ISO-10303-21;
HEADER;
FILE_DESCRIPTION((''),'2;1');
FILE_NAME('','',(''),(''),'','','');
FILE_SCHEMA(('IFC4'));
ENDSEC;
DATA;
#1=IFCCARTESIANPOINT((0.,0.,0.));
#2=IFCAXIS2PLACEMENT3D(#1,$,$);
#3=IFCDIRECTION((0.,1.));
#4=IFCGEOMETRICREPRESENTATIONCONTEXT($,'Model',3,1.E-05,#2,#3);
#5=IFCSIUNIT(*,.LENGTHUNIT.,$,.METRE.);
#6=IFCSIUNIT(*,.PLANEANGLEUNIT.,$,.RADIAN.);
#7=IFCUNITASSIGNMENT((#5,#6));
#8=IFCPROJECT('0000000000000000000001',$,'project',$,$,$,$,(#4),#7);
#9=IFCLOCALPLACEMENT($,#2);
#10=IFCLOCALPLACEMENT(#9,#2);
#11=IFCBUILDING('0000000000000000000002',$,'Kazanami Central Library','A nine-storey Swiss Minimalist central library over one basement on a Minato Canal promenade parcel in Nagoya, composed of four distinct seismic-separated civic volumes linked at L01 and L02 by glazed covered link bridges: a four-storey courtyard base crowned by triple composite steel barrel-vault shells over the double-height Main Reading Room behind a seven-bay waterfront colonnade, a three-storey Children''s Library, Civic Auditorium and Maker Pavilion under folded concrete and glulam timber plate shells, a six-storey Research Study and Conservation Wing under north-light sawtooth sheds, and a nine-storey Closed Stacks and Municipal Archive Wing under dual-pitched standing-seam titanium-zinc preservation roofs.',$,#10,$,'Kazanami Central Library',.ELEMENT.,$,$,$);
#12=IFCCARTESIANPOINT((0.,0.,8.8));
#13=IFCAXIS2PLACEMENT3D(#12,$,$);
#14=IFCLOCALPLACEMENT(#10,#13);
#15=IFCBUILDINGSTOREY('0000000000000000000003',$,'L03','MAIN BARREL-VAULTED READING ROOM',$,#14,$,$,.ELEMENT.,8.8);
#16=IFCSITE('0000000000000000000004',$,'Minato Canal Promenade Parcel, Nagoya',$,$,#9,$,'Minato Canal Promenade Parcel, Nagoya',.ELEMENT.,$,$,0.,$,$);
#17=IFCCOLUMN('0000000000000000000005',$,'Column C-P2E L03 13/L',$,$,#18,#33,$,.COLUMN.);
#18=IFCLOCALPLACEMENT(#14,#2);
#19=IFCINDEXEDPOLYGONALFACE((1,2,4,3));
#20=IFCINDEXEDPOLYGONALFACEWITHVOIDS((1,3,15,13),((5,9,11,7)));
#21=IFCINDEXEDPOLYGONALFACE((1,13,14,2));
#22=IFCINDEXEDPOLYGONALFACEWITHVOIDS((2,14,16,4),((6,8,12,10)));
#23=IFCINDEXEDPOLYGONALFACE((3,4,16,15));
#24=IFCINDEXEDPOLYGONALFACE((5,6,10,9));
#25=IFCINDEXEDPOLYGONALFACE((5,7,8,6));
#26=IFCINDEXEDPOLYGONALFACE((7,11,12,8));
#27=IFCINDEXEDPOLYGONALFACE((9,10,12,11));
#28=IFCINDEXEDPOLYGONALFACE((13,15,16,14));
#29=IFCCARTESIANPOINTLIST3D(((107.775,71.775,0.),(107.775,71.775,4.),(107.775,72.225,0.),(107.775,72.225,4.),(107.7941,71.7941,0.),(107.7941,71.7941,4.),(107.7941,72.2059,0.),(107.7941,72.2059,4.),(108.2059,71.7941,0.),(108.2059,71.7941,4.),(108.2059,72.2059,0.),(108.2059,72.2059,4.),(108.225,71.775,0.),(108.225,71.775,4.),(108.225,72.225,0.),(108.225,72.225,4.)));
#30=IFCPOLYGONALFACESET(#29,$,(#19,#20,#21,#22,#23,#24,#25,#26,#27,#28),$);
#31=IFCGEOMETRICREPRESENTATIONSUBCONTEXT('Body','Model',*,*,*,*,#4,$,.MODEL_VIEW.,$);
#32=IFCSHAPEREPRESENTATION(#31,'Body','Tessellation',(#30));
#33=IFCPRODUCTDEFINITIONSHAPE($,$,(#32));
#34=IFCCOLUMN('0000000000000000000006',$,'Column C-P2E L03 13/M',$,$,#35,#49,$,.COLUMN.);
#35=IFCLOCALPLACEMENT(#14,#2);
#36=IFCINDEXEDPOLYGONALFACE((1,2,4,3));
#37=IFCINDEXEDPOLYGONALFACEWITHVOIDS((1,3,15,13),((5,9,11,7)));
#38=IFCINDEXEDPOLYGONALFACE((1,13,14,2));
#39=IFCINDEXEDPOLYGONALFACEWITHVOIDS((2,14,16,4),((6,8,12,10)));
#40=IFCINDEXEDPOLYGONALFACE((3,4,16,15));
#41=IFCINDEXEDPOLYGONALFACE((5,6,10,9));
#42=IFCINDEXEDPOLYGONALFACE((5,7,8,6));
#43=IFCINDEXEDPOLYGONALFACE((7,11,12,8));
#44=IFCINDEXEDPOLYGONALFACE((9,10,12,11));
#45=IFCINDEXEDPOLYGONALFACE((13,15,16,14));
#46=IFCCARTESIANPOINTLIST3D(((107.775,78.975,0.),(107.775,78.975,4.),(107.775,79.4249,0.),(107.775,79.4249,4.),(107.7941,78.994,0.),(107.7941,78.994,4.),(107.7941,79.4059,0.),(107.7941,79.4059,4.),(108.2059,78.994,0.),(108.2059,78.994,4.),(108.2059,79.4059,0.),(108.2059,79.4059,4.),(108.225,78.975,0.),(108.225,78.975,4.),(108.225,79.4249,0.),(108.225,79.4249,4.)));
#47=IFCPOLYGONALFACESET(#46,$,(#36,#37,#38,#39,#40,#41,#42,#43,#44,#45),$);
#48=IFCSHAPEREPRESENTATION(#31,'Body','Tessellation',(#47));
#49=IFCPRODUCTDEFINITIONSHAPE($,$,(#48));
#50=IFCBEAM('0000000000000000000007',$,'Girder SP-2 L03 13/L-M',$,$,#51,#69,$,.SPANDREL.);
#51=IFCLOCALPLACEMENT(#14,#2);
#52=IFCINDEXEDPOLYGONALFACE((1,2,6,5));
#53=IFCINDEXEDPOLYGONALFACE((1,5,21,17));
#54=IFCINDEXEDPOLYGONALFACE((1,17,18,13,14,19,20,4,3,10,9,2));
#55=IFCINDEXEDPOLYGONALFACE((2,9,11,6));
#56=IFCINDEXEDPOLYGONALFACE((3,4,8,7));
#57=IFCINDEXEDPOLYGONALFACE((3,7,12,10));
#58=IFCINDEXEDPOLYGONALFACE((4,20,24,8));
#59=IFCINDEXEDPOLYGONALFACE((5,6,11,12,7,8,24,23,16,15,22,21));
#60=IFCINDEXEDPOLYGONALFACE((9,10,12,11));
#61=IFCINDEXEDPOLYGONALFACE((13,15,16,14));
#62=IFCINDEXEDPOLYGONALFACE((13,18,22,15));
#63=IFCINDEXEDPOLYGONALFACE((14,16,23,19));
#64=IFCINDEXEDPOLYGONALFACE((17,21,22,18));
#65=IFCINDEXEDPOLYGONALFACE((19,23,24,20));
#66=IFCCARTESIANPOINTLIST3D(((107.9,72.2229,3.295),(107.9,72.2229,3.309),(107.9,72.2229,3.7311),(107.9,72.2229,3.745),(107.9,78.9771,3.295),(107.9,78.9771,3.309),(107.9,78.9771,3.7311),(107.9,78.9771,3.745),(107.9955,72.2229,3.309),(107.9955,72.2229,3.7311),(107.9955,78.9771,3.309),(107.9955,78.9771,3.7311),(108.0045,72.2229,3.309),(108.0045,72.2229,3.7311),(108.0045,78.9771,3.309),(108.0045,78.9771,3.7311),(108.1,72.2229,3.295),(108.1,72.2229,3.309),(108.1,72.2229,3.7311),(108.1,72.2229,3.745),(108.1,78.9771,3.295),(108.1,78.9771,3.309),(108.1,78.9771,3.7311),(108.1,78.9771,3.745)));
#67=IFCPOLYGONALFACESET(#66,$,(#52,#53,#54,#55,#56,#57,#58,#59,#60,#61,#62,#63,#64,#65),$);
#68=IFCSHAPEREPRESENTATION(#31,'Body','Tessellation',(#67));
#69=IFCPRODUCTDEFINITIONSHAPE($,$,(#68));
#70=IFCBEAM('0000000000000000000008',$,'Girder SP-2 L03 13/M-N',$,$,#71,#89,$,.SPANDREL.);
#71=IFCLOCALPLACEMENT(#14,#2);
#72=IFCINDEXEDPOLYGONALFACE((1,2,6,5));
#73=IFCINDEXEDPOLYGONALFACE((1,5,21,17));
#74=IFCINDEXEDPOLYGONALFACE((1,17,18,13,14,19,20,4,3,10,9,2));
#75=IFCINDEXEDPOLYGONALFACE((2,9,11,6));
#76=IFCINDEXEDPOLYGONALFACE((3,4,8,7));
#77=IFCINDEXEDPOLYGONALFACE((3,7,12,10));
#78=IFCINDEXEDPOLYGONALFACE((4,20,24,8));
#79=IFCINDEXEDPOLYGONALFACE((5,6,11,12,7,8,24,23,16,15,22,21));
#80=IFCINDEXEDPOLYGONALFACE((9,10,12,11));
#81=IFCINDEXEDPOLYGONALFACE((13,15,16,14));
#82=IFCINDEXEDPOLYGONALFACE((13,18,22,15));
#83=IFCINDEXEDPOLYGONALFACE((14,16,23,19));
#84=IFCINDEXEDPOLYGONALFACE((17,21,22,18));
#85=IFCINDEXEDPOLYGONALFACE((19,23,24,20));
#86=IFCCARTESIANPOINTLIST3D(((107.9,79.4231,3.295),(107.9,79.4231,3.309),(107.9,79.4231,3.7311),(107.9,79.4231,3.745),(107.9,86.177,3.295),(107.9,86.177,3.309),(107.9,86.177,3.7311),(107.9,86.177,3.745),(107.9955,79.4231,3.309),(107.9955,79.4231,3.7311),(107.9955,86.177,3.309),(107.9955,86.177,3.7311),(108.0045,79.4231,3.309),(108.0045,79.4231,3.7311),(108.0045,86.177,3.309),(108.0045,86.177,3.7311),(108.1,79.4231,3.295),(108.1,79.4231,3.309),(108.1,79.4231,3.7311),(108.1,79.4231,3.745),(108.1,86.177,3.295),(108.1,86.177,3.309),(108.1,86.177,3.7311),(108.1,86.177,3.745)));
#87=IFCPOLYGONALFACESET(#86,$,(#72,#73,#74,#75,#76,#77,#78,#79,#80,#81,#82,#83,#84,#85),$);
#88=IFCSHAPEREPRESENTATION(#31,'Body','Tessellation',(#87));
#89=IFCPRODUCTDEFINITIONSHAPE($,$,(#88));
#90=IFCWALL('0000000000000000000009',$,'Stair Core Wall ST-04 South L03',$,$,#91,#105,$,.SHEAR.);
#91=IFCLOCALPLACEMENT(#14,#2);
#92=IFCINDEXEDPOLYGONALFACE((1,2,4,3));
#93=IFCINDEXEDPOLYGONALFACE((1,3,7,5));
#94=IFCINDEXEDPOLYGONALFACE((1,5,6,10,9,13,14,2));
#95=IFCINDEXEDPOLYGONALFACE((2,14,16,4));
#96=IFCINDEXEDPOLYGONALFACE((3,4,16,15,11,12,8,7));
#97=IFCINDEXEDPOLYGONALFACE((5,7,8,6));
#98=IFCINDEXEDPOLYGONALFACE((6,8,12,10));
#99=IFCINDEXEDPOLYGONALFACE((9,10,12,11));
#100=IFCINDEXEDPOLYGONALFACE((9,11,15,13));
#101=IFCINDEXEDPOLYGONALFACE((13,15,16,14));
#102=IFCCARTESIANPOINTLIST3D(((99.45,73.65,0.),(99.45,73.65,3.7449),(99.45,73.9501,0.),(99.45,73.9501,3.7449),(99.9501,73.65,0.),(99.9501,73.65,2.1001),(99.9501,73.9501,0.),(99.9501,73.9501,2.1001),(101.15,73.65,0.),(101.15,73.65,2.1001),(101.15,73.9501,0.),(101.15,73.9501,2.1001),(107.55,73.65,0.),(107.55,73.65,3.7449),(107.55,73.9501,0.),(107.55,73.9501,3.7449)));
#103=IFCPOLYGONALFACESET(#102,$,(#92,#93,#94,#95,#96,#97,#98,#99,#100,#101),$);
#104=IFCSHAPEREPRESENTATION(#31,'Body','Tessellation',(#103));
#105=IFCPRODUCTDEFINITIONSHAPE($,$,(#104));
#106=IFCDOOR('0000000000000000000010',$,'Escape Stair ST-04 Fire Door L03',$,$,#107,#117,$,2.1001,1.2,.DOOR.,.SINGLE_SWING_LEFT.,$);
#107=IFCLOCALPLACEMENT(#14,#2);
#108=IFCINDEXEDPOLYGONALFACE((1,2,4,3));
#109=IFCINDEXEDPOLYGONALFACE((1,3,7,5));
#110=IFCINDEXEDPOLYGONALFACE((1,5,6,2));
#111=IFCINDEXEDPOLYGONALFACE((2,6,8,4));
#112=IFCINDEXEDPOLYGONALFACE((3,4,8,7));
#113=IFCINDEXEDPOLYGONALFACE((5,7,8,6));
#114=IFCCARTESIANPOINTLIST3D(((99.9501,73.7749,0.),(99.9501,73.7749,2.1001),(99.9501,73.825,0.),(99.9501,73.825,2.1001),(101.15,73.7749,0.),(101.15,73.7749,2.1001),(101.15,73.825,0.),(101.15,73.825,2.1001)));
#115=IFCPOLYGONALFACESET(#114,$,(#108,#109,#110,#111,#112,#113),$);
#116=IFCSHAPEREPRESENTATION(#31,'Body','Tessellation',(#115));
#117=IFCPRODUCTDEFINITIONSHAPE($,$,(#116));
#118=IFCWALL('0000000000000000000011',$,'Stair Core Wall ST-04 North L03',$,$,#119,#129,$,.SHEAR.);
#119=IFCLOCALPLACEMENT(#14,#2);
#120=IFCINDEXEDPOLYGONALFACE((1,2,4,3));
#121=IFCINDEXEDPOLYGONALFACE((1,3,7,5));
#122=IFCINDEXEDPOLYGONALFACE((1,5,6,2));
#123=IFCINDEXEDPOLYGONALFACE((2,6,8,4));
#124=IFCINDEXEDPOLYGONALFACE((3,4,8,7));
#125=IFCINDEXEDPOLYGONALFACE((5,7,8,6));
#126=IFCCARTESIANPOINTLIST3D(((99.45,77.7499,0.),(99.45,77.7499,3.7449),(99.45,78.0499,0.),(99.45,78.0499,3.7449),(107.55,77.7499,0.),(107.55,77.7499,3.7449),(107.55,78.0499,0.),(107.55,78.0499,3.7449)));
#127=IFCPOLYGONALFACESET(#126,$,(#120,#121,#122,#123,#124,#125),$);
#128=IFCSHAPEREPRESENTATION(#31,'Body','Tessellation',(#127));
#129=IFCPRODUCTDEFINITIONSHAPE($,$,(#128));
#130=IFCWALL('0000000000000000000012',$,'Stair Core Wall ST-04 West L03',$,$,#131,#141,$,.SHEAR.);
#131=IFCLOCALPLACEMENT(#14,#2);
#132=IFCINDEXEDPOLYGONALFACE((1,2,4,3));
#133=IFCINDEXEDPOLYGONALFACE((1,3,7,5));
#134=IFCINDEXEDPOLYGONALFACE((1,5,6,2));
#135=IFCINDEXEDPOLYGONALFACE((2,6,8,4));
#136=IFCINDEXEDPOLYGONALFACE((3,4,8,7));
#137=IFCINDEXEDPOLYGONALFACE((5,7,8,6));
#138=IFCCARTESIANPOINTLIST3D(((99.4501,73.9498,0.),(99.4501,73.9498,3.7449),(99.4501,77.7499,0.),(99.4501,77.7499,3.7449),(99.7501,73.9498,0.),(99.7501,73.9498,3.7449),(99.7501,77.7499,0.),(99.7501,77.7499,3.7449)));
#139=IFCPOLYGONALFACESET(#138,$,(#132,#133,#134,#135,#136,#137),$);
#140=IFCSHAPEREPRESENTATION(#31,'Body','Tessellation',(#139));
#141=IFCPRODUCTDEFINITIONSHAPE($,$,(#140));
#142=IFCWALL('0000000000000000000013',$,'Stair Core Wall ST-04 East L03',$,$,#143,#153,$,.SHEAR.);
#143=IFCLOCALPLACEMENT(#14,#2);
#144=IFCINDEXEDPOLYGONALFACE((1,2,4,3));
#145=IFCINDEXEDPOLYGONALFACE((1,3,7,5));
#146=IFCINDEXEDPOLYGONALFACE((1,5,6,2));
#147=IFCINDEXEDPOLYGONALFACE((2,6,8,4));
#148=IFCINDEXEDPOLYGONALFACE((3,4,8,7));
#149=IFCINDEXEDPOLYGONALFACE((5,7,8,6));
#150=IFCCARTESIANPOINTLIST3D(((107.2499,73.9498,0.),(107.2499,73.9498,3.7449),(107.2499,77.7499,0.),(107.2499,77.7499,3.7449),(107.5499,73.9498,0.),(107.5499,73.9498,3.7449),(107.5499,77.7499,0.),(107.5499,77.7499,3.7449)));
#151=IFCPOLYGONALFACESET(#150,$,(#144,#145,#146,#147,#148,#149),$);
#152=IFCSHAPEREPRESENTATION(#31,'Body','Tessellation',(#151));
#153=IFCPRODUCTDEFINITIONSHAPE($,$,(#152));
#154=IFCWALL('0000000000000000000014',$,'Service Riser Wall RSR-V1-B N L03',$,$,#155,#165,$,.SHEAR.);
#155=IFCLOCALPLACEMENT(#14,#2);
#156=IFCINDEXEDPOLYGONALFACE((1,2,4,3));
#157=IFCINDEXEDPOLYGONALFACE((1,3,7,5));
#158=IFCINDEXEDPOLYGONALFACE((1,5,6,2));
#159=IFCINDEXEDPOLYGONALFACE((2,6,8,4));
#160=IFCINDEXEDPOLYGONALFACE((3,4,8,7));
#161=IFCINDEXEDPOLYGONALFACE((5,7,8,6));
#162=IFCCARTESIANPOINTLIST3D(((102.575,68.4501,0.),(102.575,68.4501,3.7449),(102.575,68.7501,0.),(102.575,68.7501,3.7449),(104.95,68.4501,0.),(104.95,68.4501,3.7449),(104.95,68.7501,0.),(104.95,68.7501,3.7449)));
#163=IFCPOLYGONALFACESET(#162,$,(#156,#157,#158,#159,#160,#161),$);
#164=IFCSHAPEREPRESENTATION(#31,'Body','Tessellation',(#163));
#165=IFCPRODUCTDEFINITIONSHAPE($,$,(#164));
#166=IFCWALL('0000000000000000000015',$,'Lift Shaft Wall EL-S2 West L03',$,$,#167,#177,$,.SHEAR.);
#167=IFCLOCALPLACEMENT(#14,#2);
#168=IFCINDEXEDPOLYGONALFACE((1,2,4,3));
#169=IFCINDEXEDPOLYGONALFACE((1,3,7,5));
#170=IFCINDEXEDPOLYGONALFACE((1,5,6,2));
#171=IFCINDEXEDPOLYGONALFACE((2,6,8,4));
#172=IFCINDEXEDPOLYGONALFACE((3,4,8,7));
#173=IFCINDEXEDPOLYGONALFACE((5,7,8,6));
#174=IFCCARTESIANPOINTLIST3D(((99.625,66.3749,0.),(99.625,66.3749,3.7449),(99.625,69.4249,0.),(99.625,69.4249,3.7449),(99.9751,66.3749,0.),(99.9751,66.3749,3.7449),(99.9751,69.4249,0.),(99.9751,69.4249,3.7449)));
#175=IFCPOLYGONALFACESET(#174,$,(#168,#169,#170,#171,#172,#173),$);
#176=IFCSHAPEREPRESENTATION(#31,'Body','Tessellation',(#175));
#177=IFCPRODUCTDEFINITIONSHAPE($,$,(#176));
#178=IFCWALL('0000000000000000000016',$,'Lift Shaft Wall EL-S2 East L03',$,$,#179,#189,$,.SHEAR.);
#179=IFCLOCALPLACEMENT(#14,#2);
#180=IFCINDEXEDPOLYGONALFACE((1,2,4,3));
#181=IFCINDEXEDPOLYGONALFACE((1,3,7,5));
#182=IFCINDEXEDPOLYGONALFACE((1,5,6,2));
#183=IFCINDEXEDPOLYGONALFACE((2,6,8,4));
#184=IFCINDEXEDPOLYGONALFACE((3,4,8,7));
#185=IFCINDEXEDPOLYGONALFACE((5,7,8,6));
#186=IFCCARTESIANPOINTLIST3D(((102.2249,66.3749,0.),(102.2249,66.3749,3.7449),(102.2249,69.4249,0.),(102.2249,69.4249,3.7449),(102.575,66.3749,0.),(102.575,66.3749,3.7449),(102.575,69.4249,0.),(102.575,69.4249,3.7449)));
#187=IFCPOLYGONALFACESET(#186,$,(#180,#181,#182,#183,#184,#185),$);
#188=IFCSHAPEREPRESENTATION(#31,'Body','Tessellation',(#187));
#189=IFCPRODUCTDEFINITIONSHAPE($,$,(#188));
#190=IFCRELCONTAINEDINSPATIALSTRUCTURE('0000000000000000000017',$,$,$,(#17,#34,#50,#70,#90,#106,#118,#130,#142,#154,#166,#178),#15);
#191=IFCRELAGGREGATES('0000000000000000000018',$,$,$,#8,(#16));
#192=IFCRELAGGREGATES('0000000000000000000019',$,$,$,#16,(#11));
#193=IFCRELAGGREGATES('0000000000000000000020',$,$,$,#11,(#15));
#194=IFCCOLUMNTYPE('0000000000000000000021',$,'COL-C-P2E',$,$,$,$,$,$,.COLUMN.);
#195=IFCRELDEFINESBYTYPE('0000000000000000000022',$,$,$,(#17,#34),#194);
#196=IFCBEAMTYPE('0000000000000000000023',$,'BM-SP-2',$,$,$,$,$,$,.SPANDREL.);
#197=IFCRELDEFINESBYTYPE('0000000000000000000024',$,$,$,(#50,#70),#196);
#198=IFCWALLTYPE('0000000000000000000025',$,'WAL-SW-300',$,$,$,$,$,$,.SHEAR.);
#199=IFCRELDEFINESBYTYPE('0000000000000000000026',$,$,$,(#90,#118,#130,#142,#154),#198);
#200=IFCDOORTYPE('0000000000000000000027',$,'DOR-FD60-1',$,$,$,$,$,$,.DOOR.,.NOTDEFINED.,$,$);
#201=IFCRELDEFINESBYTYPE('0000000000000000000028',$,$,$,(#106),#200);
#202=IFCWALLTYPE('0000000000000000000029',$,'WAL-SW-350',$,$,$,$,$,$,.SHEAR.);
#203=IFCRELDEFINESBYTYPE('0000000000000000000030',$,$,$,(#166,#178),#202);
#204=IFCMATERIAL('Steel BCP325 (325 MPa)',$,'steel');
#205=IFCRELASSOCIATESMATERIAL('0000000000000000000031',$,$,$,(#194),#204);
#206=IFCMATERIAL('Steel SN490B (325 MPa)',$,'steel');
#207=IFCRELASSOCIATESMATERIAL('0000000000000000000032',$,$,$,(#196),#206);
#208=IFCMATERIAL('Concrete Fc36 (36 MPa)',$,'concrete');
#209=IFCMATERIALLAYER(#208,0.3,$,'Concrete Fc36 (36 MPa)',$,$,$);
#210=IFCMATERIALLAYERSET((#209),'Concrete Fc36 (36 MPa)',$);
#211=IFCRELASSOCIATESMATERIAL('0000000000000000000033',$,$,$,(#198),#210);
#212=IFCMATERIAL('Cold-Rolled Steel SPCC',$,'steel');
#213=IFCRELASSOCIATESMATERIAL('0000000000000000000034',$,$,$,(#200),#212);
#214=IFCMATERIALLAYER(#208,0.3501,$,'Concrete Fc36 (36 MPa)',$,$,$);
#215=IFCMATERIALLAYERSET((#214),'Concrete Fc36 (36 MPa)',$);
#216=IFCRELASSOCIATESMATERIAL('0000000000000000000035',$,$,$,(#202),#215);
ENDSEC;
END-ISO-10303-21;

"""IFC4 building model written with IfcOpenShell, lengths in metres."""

from ifc_helpers import new_model, si_unit, direction, frame, frame_2d, origin, origin_2d, place, context, subcontext, project, spatial, rectangle, hollow_rectangle, i_section, extrude, material, layer, layer_set, material_profile, profile_set, type_object, element, fill, save


model = new_model("IFC4")

# Units and contexts
model_context = context("Model", 3, precision=1e-05, world=origin(), true_north=direction((0.0, 1.0)))
body_context = subcontext(model_context, "Body", "Model", "MODEL_VIEW")
ifc_project = project(units=[si_unit("LENGTHUNIT", "METRE"), si_unit("PLANEANGLEUNIT", "RADIAN")], contexts=[model_context])

# Site, building, storey
site_placement = place(None, origin())
site = spatial("IfcSite", under=ifc_project, at=site_placement, Name="Minato Canal Promenade Parcel, Nagoya", LongName="Minato Canal Promenade Parcel, Nagoya", CompositionType="ELEMENT", RefElevation=0.0)
building_placement = place(site_placement, origin())
building = spatial("IfcBuilding", under=site, at=building_placement, Name="Kazanami Central Library", Description="A nine-storey Swiss Minimalist central library over one basement on a Minato Canal promenade parcel in Nagoya, composed of four distinct seismic-separated civic volumes linked at L01 and L02 by glazed covered link bridges: a four-storey courtyard base crowned by triple composite steel barrel-vault shells over the double-height Main Reading Room behind a seven-bay waterfront colonnade, a three-storey Children's Library, Civic Auditorium and Maker Pavilion under folded concrete and glulam timber plate shells, a six-storey Research Study and Conservation Wing under north-light sawtooth sheds, and a nine-storey Closed Stacks and Municipal Archive Wing under dual-pitched standing-seam titanium-zinc preservation roofs.", LongName="Kazanami Central Library", CompositionType="ELEMENT")
storey_placement = place(building_placement, frame((0.0, 0.0, 8.8)))
storey = spatial("IfcBuildingStorey", under=building, at=storey_placement, Name="L03", Description="MAIN BARREL-VAULTED READING ROOM", CompositionType="ELEMENT", Elevation=8.8)

# Columns
ifc_material_1 = material(Name="Steel BCP325 (325 MPa)", Category="steel")
ifc_material_profile_1 = material_profile(ifc_material_1, hollow_rectangle(XDim=0.45, YDim=0.45, WallThickness=0.019, at=origin_2d()), Name="BCP-450x450x19")
ifc_profile_set_1 = profile_set([ifc_material_profile_1], Name="Steel BCP325 (325 MPa)")
column_type = type_object("IfcColumnType", Name="COL-C-P2E", PredefinedType="COLUMN", material=ifc_profile_set_1)
for number, where, z_axis, x_axis, name in (
    (1, (108.0, 72.0, 0.0), (0.0, 0.0, 1.0), (1.0, 0.0, 0.0), "Column C-P2E L03 13/L"),
    (2, (108.0, 79.2, 0.0), (0.0, 0.0, 1.0), (1.0, 0.0, 0.0), "Column C-P2E L03 13/M"),
):
    element("IfcColumn", number, at=place(storey_placement, frame(where, z_axis=z_axis, x_axis=x_axis)), inside=storey, type_object=column_type, Name=name, PredefinedType="COLUMN", context=body_context, shape_type="SweptSolid", body=[
        extrude(hollow_rectangle(XDim=0.45, YDim=0.45, WallThickness=0.019, at=origin_2d()), origin(), (0.0, 0.0, 1.0), 4.0),
    ])

# Beams
ifc_material_2 = material(Name="Steel SN490B (325 MPa)", Category="steel")
ifc_material_profile_2 = material_profile(ifc_material_2, i_section(OverallWidth=0.2, OverallDepth=0.45, WebThickness=0.009, FlangeThickness=0.0139, at=origin_2d()), Name="H-450x200x9x14")
ifc_profile_set_2 = profile_set([ifc_material_profile_2], Name="Steel SN490B (325 MPa)")
beam_type = type_object("IfcBeamType", Name="BM-SP-2", PredefinedType="SPANDREL", material=ifc_profile_set_2)
beam_1_placement = place(storey_placement, frame((108.0, 72.2229, 3.52), z_axis=(0.0, 1.0, 0.0), x_axis=(-1.0, 0.0, 0.0)))
element("IfcBeam", 3, at=beam_1_placement, inside=storey, type_object=beam_type, Name="Girder SP-2 L03 13/L-M", PredefinedType="SPANDREL", context=body_context, shape_type="SweptSolid", body=[
    extrude(i_section(OverallWidth=0.2, OverallDepth=0.45, WebThickness=0.009, FlangeThickness=0.0139, at=origin_2d()), origin(), (0.0, 0.0, 1.0), 6.7542),
])
beam_2_placement = place(storey_placement, frame((108.0, 79.4231, 3.52), z_axis=(0.0, 1.0, 0.0), x_axis=(-1.0, 0.0, 0.0)))
element("IfcBeam", 4, at=beam_2_placement, inside=storey, type_object=beam_type, Name="Girder SP-2 L03 13/M-N", PredefinedType="SPANDREL", context=body_context, shape_type="SweptSolid", body=[
    extrude(i_section(OverallWidth=0.2, OverallDepth=0.45, WebThickness=0.009, FlangeThickness=0.0139, at=origin_2d()), origin(), (0.0, 0.0, 1.0), 6.7539),
])

# Wall, opening, door
ifc_material_3 = material(Name="Concrete Fc36 (36 MPa)", Category="concrete")
ifc_layer_1 = layer(ifc_material_3, 0.3, Name="Concrete Fc36 (36 MPa)")
ifc_layer_set_1 = layer_set([ifc_layer_1], Name="Concrete Fc36 (36 MPa)")
wall_type_1 = type_object("IfcWallType", Name="WAL-SW-300", PredefinedType="SHEAR", material=ifc_layer_set_1)
wall_1_placement = place(storey_placement, frame((99.45, 73.8, 0.0), z_axis=(0.0, 0.0, 1.0), x_axis=(1.0, 0.0, 0.0)))
wall_1 = element("IfcWall", 5, at=wall_1_placement, inside=storey, type_object=wall_type_1, Name="Stair Core Wall ST-04 South L03", PredefinedType="SHEAR", context=body_context, shape_type="SweptSolid", body=[
    extrude(rectangle(XDim=8.1001, YDim=0.3, at=frame_2d((4.05, 0.0))), origin(), (0.0, 0.0, 1.0), 3.7449),
])
opening_1_placement = place(wall_1_placement, frame((0.5, 0.0, 0.0)))
opening_1 = element("IfcOpeningElement", 6, at=opening_1_placement, cuts=wall_1, PredefinedType="OPENING", context=body_context, shape_type="SweptSolid", body=[
    extrude(rectangle(XDim=1.2, YDim=2.1001, at=frame_2d((0.6001, 1.05))), frame((0.0, 0.1621, 0.0), z_axis=(0.0, -1.0, 0.0), x_axis=(1.0, 0.0, 0.0)), (0.0, 0.0, 1.0), 0.324),
])
ifc_material_4 = material(Name="Cold-Rolled Steel SPCC", Category="steel")
door_type_1 = type_object("IfcDoorType", Name="DOR-FD60-1", OperationType="NOTDEFINED", PredefinedType="DOOR", material=ifc_material_4)
door_1_placement = place(opening_1_placement, origin())
door_1 = element("IfcDoor", 7, at=door_1_placement, inside=storey, type_object=door_type_1, Name="Escape Stair ST-04 Fire Door L03", OperationType="SINGLE_SWING_LEFT", OverallHeight=2.1001, OverallWidth=1.2, PredefinedType="DOOR", context=body_context, shape_type="SweptSolid", body=[
    extrude(rectangle(XDim=1.2, YDim=2.1001, at=frame_2d((0.6001, 1.05))), frame((0.0, 0.0249, 0.0), z_axis=(0.0, -1.0, 0.0), x_axis=(1.0, 0.0, 0.0)), (0.0, 0.0, 1.0), 0.05),
])
fill(opening_1, door_1)

# Walls
wall_2_placement = place(storey_placement, frame((99.45, 77.8999, 0.0), z_axis=(0.0, 0.0, 1.0), x_axis=(1.0, 0.0, 0.0)))
element("IfcWall", 8, at=wall_2_placement, inside=storey, type_object=wall_type_1, Name="Stair Core Wall ST-04 North L03", PredefinedType="SHEAR", context=body_context, shape_type="SweptSolid", body=[
    extrude(rectangle(XDim=8.1001, YDim=0.3, at=frame_2d((4.05, 0.0))), origin(), (0.0, 0.0, 1.0), 3.7449),
])
for number, where, z_axis, x_axis, name in (
    (9, (99.6001, 73.95, 0.0), (0.0, 0.0, 1.0), (0.0, 1.0, 0.0), "Stair Core Wall ST-04 West L03"),
    (10, (107.3999, 73.95, 0.0), (0.0, 0.0, 1.0), (0.0, 1.0, 0.0), "Stair Core Wall ST-04 East L03"),
):
    element("IfcWall", number, at=place(storey_placement, frame(where, z_axis=z_axis, x_axis=x_axis)), inside=storey, type_object=wall_type_1, Name=name, PredefinedType="SHEAR", context=body_context, shape_type="SweptSolid", body=[
        extrude(rectangle(XDim=3.8, YDim=0.3, at=frame_2d((1.8999, 0.0))), origin(), (0.0, 0.0, 1.0), 3.7449),
    ])
wall_3_placement = place(storey_placement, frame((102.575, 68.6001, 0.0), z_axis=(0.0, 0.0, 1.0), x_axis=(1.0, 0.0, 0.0)))
element("IfcWall", 11, at=wall_3_placement, inside=storey, type_object=wall_type_1, Name="Service Riser Wall RSR-V1-B N L03", PredefinedType="SHEAR", context=body_context, shape_type="SweptSolid", body=[
    extrude(rectangle(XDim=2.375, YDim=0.3, at=frame_2d((1.1875, 0.0))), origin(), (0.0, 0.0, 1.0), 3.7449),
])

# Shared definitions
ifc_layer_2 = layer(ifc_material_3, 0.3501, Name="Concrete Fc36 (36 MPa)")
ifc_layer_set_2 = layer_set([ifc_layer_2], Name="Concrete Fc36 (36 MPa)")
wall_type_2 = type_object("IfcWallType", Name="WAL-SW-350", PredefinedType="SHEAR", material=ifc_layer_set_2)

# Walls
for number, where, z_axis, x_axis, name in (
    (12, (99.8, 66.375, 0.0), (0.0, 0.0, 1.0), (0.0, 1.0, 0.0), "Lift Shaft Wall EL-S2 West L03"),
    (13, (102.3999, 66.375, 0.0), (0.0, 0.0, 1.0), (0.0, 1.0, 0.0), "Lift Shaft Wall EL-S2 East L03"),
):
    element("IfcWall", number, at=place(storey_placement, frame(where, z_axis=z_axis, x_axis=x_axis)), inside=storey, type_object=wall_type_2, Name=name, PredefinedType="SHEAR", context=body_context, shape_type="SweptSolid", body=[
        extrude(rectangle(XDim=3.05, YDim=0.3501, at=frame_2d((1.5249, 0.0))), origin(), (0.0, 0.0, 1.0), 3.7449),
    ])

save(model, "model.ifc")
